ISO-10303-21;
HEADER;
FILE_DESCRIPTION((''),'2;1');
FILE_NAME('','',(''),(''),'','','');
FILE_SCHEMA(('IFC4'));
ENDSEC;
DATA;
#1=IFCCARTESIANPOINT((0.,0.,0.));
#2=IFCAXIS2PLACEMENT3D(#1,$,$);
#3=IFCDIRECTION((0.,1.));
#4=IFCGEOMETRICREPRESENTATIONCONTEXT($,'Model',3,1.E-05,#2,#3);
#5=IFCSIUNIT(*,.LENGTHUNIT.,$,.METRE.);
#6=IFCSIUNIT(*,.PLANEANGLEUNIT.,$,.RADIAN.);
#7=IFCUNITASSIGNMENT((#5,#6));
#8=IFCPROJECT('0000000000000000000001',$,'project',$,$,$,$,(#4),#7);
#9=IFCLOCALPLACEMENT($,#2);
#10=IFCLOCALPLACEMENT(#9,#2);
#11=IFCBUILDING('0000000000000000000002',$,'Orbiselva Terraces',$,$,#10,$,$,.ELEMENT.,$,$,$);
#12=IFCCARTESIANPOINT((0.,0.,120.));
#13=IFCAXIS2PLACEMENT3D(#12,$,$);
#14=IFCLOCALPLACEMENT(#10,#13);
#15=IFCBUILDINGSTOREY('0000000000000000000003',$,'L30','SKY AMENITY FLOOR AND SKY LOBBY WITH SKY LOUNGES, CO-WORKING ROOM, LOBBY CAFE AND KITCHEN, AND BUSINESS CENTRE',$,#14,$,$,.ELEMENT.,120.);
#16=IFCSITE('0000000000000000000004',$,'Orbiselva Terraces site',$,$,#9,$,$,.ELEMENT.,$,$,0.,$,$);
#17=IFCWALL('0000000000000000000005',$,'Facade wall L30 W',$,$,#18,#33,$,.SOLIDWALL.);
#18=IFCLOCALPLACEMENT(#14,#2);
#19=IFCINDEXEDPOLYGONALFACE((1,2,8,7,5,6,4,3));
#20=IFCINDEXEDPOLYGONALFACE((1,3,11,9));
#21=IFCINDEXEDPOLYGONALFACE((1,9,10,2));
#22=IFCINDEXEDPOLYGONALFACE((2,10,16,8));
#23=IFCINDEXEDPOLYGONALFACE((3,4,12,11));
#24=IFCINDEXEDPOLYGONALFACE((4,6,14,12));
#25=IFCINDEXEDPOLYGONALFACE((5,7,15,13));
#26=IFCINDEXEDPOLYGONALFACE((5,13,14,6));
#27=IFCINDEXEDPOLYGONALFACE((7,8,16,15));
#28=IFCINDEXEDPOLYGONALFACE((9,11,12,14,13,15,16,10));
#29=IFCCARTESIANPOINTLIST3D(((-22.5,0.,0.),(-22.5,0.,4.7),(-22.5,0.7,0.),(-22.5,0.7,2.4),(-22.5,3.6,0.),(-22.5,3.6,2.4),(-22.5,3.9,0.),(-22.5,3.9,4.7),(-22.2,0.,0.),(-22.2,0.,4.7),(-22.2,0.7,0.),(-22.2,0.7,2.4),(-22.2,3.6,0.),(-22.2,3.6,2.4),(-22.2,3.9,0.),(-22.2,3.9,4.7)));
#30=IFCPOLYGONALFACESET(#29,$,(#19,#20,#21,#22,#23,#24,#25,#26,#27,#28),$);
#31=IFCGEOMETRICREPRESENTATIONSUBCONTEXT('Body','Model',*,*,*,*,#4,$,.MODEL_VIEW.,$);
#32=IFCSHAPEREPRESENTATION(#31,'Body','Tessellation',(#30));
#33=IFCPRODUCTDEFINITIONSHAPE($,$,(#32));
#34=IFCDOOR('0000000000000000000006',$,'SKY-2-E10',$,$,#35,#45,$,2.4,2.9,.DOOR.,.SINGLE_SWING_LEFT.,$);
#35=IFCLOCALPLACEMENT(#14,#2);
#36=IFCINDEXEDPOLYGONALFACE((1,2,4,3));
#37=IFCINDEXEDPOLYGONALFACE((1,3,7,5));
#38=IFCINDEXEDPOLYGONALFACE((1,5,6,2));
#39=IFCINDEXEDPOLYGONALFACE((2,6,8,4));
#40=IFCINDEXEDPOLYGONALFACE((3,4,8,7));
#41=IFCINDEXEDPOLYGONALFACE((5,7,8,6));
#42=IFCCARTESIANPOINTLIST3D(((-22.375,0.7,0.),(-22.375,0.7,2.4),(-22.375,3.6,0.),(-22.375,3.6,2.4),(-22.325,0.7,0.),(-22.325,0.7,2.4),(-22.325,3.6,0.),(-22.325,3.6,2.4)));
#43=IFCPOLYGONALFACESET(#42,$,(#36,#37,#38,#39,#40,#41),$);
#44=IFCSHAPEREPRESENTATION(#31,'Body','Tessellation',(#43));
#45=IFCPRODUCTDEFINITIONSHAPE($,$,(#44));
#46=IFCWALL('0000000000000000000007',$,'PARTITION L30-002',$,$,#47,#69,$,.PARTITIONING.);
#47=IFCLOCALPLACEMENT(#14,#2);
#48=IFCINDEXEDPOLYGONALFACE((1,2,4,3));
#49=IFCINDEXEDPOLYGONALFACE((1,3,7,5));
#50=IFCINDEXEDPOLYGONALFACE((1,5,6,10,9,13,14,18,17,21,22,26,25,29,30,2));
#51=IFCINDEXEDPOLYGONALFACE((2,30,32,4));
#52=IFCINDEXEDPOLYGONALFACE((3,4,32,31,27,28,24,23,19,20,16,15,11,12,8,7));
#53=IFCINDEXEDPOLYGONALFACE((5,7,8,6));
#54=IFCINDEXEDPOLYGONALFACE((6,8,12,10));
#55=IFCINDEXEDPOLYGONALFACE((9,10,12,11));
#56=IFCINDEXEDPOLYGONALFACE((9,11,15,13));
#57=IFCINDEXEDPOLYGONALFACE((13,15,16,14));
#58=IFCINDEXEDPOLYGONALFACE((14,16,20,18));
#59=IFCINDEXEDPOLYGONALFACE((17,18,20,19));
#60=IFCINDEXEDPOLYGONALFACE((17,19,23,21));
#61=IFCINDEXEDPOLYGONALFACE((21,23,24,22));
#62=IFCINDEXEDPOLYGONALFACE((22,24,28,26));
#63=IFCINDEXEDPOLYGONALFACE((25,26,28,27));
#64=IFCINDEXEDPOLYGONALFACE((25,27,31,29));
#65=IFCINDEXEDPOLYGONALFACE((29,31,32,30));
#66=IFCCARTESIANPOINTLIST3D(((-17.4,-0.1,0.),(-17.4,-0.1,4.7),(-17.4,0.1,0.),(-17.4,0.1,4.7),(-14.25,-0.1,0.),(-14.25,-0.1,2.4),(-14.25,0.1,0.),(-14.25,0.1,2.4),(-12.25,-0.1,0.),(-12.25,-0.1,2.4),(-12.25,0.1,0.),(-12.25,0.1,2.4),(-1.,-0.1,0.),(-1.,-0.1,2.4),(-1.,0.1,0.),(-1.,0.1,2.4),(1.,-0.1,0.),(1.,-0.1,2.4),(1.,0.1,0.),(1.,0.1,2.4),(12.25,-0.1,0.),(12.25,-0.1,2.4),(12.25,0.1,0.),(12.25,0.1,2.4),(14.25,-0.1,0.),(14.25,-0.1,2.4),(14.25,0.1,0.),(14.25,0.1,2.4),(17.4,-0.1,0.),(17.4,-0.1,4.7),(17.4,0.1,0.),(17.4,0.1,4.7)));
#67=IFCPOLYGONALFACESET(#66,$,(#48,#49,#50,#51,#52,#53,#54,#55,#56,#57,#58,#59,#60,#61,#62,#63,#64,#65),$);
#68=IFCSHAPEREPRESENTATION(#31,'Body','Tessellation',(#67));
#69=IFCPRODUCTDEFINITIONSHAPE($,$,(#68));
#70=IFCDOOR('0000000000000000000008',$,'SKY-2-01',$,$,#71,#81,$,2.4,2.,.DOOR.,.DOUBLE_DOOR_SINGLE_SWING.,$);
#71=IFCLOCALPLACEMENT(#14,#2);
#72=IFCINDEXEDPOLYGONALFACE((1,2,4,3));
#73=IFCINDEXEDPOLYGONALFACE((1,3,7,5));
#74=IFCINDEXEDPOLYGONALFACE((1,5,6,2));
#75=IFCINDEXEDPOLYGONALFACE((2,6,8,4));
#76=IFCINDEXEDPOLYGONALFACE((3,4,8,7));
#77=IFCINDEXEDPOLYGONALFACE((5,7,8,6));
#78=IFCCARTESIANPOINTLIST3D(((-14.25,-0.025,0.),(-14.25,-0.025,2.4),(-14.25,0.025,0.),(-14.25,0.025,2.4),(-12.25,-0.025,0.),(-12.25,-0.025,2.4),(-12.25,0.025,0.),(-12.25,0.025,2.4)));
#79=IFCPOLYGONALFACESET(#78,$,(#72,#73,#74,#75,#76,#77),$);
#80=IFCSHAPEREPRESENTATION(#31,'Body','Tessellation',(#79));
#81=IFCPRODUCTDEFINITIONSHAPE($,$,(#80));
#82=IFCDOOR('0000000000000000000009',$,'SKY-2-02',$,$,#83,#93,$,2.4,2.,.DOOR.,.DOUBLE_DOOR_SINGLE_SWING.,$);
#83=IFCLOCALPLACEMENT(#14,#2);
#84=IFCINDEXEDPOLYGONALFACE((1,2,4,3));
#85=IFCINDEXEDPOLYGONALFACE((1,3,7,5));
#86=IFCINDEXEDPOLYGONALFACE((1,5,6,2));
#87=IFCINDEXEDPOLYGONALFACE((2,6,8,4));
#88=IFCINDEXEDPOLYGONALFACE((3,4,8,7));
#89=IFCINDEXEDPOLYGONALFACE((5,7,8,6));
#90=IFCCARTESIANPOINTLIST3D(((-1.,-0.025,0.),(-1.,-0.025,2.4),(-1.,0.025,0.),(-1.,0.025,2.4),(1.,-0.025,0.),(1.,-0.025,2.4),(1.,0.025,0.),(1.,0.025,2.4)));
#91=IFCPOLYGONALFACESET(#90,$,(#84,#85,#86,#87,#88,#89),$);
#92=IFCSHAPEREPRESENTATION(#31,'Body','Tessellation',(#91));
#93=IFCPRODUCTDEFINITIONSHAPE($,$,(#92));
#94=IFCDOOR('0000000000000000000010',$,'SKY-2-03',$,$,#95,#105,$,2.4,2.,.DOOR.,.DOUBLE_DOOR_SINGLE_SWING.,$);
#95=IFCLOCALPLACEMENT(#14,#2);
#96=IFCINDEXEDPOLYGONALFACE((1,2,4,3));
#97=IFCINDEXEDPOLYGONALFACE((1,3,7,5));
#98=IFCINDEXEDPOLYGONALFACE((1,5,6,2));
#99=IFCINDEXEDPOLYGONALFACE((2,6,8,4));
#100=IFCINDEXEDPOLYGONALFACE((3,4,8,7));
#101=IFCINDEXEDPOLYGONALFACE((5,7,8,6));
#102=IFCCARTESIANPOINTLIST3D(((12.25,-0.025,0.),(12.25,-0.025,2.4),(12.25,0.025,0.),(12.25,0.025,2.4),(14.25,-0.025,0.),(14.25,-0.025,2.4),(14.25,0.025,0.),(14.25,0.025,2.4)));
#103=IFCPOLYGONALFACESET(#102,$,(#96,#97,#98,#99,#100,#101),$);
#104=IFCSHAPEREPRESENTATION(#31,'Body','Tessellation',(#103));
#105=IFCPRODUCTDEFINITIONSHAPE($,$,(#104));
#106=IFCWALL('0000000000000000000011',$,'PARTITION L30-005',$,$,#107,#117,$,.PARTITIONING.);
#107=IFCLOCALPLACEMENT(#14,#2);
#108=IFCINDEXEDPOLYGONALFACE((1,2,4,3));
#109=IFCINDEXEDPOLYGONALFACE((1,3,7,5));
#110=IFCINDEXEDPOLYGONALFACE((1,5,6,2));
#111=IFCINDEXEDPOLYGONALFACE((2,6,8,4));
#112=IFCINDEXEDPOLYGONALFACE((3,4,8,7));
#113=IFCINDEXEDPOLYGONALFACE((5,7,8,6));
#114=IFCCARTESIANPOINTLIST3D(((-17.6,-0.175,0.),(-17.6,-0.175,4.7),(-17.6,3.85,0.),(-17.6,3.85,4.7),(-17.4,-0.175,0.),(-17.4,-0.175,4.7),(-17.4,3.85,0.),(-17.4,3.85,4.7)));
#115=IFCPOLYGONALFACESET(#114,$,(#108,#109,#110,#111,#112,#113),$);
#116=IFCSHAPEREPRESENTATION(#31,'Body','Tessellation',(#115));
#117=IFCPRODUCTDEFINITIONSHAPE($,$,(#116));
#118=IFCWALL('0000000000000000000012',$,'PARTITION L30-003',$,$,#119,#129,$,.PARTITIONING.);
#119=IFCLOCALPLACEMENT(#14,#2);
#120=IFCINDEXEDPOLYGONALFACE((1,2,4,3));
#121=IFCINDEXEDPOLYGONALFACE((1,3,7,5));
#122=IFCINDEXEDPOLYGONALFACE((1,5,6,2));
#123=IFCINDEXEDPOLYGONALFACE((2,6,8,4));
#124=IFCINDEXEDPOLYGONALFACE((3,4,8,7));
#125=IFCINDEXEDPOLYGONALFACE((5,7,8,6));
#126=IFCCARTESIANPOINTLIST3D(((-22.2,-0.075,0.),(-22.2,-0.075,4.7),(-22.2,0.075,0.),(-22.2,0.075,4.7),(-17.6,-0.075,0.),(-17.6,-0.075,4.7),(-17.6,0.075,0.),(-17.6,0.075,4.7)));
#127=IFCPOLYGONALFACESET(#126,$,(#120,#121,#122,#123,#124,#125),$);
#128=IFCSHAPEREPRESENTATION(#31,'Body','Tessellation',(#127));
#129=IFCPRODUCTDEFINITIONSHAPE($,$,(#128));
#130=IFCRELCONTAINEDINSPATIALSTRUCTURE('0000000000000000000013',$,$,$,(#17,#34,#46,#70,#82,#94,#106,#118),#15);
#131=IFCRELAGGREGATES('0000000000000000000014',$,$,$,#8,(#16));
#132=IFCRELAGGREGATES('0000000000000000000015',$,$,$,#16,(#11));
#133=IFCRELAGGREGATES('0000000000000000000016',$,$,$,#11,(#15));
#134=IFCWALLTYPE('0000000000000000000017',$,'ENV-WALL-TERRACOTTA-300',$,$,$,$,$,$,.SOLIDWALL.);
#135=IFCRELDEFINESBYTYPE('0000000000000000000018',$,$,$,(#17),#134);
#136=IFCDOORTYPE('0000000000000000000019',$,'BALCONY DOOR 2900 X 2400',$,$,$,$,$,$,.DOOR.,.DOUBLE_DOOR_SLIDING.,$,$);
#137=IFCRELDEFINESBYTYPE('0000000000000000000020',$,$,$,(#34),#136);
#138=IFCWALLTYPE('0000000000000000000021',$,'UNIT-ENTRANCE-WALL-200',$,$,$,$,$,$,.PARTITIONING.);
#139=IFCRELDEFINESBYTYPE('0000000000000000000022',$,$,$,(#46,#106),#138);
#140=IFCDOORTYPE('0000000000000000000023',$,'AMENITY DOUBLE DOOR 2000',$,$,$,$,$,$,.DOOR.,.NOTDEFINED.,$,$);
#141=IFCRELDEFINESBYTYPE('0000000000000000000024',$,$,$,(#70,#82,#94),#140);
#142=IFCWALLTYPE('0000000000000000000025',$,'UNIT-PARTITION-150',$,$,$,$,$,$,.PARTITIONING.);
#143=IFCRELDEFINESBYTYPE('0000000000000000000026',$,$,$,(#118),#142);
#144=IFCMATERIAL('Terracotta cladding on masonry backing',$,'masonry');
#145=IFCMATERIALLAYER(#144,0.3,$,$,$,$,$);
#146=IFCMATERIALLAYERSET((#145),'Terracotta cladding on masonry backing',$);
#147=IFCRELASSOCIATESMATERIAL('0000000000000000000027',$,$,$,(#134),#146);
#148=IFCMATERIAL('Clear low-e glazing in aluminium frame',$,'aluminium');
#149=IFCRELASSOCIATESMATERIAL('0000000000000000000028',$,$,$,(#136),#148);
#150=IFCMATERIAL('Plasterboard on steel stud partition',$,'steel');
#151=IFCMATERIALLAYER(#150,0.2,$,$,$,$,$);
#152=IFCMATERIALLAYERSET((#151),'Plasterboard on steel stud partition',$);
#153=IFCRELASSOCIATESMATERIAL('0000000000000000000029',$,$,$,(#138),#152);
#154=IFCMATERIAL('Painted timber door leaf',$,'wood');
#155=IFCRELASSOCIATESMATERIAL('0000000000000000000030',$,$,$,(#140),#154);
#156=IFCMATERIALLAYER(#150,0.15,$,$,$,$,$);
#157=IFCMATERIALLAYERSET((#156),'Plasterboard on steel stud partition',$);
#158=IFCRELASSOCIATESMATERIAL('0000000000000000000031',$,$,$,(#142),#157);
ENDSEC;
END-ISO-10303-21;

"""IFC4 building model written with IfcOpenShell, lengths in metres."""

from ifc_helpers import new_model, si_unit, direction, frame, frame_2d, origin, place, context, subcontext, project, spatial, rectangle, extrude, material, layer, layer_set, type_object, element, fill, save


model = new_model("IFC4")

# Units and contexts
model_context = context("Model", 3, precision=1e-05, world=origin(), true_north=direction((0.0, 1.0)))
body_context = subcontext(model_context, "Body", "Model", "MODEL_VIEW")
ifc_project = project(units=[si_unit("LENGTHUNIT", "METRE"), si_unit("PLANEANGLEUNIT", "RADIAN")], contexts=[model_context])

# Site, building, storey
site_placement = place(None, origin())
site = spatial("IfcSite", under=ifc_project, at=site_placement, Name="Orbiselva Terraces site", CompositionType="ELEMENT", RefElevation=0.0)
building_placement = place(site_placement, origin())
building = spatial("IfcBuilding", under=site, at=building_placement, Name="Orbiselva Terraces", CompositionType="ELEMENT")
storey_placement = place(building_placement, frame((0.0, 0.0, 120.0)))
storey = spatial("IfcBuildingStorey", under=building, at=storey_placement, Name="L30", Description="SKY AMENITY FLOOR AND SKY LOBBY WITH SKY LOUNGES, CO-WORKING ROOM, LOBBY CAFE AND KITCHEN, AND BUSINESS CENTRE", CompositionType="ELEMENT", Elevation=120.0)

# Shared definitions
ifc_material_1 = material(Name="Clear low-e glazing in aluminium frame", Category="aluminium")

# Wall, opening, door
ifc_material_2 = material(Name="Terracotta cladding on masonry backing", Category="masonry")
ifc_layer_1 = layer(ifc_material_2, 0.3)
ifc_layer_set_1 = layer_set([ifc_layer_1], Name="Terracotta cladding on masonry backing")
wall_type_1 = type_object("IfcWallType", Name="ENV-WALL-TERRACOTTA-300", PredefinedType="SOLIDWALL", material=ifc_layer_set_1)
wall_1_placement = place(storey_placement, frame((-22.35, 0.0, 0.0), z_axis=(0.0, 0.0, 1.0), x_axis=(0.0, 1.0, 0.0)))
wall_1 = element("IfcWall", 1, at=wall_1_placement, inside=storey, type_object=wall_type_1, Name="Facade wall L30 W", PredefinedType="SOLIDWALL", context=body_context, shape_type="SweptSolid", body=[
    extrude(rectangle(XDim=3.9, YDim=0.3, at=frame_2d((1.95, 0.0))), origin(), (0.0, 0.0, 1.0), 4.7),
])
opening_1_placement = place(wall_1_placement, frame((0.7, 0.0, 0.0)))
opening_1 = element("IfcOpeningElement", 2, at=opening_1_placement, cuts=wall_1, PredefinedType="OPENING", context=body_context, shape_type="SweptSolid", body=[
    extrude(rectangle(XDim=2.9, YDim=2.4, at=frame_2d((1.45, 1.2))), frame((0.0, 0.16, 0.0), z_axis=(0.0, -1.0, 0.0), x_axis=(1.0, 0.0, 0.0)), (0.0, 0.0, 1.0), 0.32),
])
door_type_1 = type_object("IfcDoorType", Name="BALCONY DOOR 2900 X 2400", OperationType="DOUBLE_DOOR_SLIDING", PredefinedType="DOOR", material=ifc_material_1)
door_1_placement = place(opening_1_placement, origin())
door_1 = element("IfcDoor", 3, at=door_1_placement, inside=storey, type_object=door_type_1, Name="SKY-2-E10", OperationType="SINGLE_SWING_LEFT", OverallHeight=2.4, OverallWidth=2.9, PredefinedType="DOOR", context=body_context, shape_type="SweptSolid", body=[
    extrude(rectangle(XDim=2.9, YDim=2.4, at=frame_2d((1.45, 1.2))), frame((0.0, 0.025, 0.0), z_axis=(0.0, -1.0, 0.0), x_axis=(1.0, 0.0, 0.0)), (0.0, 0.0, 1.0), 0.05),
])
fill(opening_1, door_1)

# Wall, openings, doors
ifc_material_3 = material(Name="Plasterboard on steel stud partition", Category="steel")
ifc_layer_2 = layer(ifc_material_3, 0.2)
ifc_layer_set_2 = layer_set([ifc_layer_2], Name="Plasterboard on steel stud partition")
wall_type_2 = type_object("IfcWallType", Name="UNIT-ENTRANCE-WALL-200", PredefinedType="PARTITIONING", material=ifc_layer_set_2)
wall_2_placement = place(storey_placement, frame((-17.4, 0.0, 0.0), z_axis=(0.0, 0.0, 1.0), x_axis=(1.0, 0.0, 0.0)))
wall_2 = element("IfcWall", 4, at=wall_2_placement, inside=storey, type_object=wall_type_2, Name="PARTITION L30-002", PredefinedType="PARTITIONING", context=body_context, shape_type="SweptSolid", body=[
    extrude(rectangle(XDim=34.8, YDim=0.2, at=frame_2d((17.4, 0.0))), origin(), (0.0, 0.0, 1.0), 4.7),
])
opening_2_placement = place(wall_2_placement, frame((3.15, 0.0, 0.0)))
opening_2 = element("IfcOpeningElement", 5, at=opening_2_placement, cuts=wall_2, PredefinedType="OPENING", context=body_context, shape_type="SweptSolid", body=[
    extrude(rectangle(XDim=2.0, YDim=2.4, at=frame_2d((1.0, 1.2))), frame((0.0, 0.11, 0.0), z_axis=(0.0, -1.0, 0.0), x_axis=(1.0, 0.0, 0.0)), (0.0, 0.0, 1.0), 0.22),
])
opening_3_placement = place(wall_2_placement, frame((16.4, 0.0, 0.0)))
opening_3 = element("IfcOpeningElement", 6, at=opening_3_placement, cuts=wall_2, PredefinedType="OPENING", context=body_context, shape_type="SweptSolid", body=[
    extrude(rectangle(XDim=2.0, YDim=2.4, at=frame_2d((1.0, 1.2))), frame((0.0, 0.11, 0.0), z_axis=(0.0, -1.0, 0.0), x_axis=(1.0, 0.0, 0.0)), (0.0, 0.0, 1.0), 0.22),
])
opening_4_placement = place(wall_2_placement, frame((29.65, 0.0, 0.0)))
opening_4 = element("IfcOpeningElement", 7, at=opening_4_placement, cuts=wall_2, PredefinedType="OPENING", context=body_context, shape_type="SweptSolid", body=[
    extrude(rectangle(XDim=2.0, YDim=2.4, at=frame_2d((1.0, 1.2))), frame((0.0, 0.11, 0.0), z_axis=(0.0, -1.0, 0.0), x_axis=(1.0, 0.0, 0.0)), (0.0, 0.0, 1.0), 0.22),
])
ifc_material_4 = material(Name="Painted timber door leaf", Category="wood")
door_type_2 = type_object("IfcDoorType", Name="AMENITY DOUBLE DOOR 2000", OperationType="NOTDEFINED", PredefinedType="DOOR", material=ifc_material_4)
door_2_placement = place(opening_2_placement, origin())
door_2 = element("IfcDoor", 8, at=door_2_placement, inside=storey, type_object=door_type_2, Name="SKY-2-01", OperationType="DOUBLE_DOOR_SINGLE_SWING", OverallHeight=2.4, OverallWidth=2.0, PredefinedType="DOOR", context=body_context, shape_type="SweptSolid", body=[
    extrude(rectangle(XDim=2.0, YDim=2.4, at=frame_2d((1.0, 1.2))), frame((0.0, 0.025, 0.0), z_axis=(0.0, -1.0, 0.0), x_axis=(1.0, 0.0, 0.0)), (0.0, 0.0, 1.0), 0.05),
])
fill(opening_2, door_2)
door_3_placement = place(opening_3_placement, origin())
door_3 = element("IfcDoor", 9, at=door_3_placement, inside=storey, type_object=door_type_2, Name="SKY-2-02", OperationType="DOUBLE_DOOR_SINGLE_SWING", OverallHeight=2.4, OverallWidth=2.0, PredefinedType="DOOR", context=body_context, shape_type="SweptSolid", body=[
    extrude(rectangle(XDim=2.0, YDim=2.4, at=frame_2d((1.0, 1.2))), frame((0.0, 0.025, 0.0), z_axis=(0.0, -1.0, 0.0), x_axis=(1.0, 0.0, 0.0)), (0.0, 0.0, 1.0), 0.05),
])
fill(opening_3, door_3)
door_4_placement = place(opening_4_placement, origin())
door_4 = element("IfcDoor", 10, at=door_4_placement, inside=storey, type_object=door_type_2, Name="SKY-2-03", OperationType="DOUBLE_DOOR_SINGLE_SWING", OverallHeight=2.4, OverallWidth=2.0, PredefinedType="DOOR", context=body_context, shape_type="SweptSolid", body=[
    extrude(rectangle(XDim=2.0, YDim=2.4, at=frame_2d((1.0, 1.2))), frame((0.0, 0.025, 0.0), z_axis=(0.0, -1.0, 0.0), x_axis=(1.0, 0.0, 0.0)), (0.0, 0.0, 1.0), 0.05),
])
fill(opening_4, door_4)

# Walls
wall_3_placement = place(storey_placement, frame((-17.5, -0.175, 0.0), z_axis=(0.0, 0.0, 1.0), x_axis=(0.0, 1.0, 0.0)))
element("IfcWall", 11, at=wall_3_placement, inside=storey, type_object=wall_type_2, Name="PARTITION L30-005", PredefinedType="PARTITIONING", context=body_context, shape_type="SweptSolid", body=[
    extrude(rectangle(XDim=4.025, YDim=0.2, at=frame_2d((2.0125, 0.0))), origin(), (0.0, 0.0, 1.0), 4.7),
])
ifc_layer_3 = layer(ifc_material_3, 0.15)
ifc_layer_set_3 = layer_set([ifc_layer_3], Name="Plasterboard on steel stud partition")
wall_type_3 = type_object("IfcWallType", Name="UNIT-PARTITION-150", PredefinedType="PARTITIONING", material=ifc_layer_set_3)
wall_4_placement = place(storey_placement, frame((-22.2, 0.0, 0.0), z_axis=(0.0, 0.0, 1.0), x_axis=(1.0, 0.0, 0.0)))
element("IfcWall", 12, at=wall_4_placement, inside=storey, type_object=wall_type_3, Name="PARTITION L30-003", PredefinedType="PARTITIONING", context=body_context, shape_type="SweptSolid", body=[
    extrude(rectangle(XDim=4.6, YDim=0.15, at=frame_2d((2.3, 0.0))), origin(), (0.0, 0.0, 1.0), 4.7),
])

save(model, "model.ifc")
